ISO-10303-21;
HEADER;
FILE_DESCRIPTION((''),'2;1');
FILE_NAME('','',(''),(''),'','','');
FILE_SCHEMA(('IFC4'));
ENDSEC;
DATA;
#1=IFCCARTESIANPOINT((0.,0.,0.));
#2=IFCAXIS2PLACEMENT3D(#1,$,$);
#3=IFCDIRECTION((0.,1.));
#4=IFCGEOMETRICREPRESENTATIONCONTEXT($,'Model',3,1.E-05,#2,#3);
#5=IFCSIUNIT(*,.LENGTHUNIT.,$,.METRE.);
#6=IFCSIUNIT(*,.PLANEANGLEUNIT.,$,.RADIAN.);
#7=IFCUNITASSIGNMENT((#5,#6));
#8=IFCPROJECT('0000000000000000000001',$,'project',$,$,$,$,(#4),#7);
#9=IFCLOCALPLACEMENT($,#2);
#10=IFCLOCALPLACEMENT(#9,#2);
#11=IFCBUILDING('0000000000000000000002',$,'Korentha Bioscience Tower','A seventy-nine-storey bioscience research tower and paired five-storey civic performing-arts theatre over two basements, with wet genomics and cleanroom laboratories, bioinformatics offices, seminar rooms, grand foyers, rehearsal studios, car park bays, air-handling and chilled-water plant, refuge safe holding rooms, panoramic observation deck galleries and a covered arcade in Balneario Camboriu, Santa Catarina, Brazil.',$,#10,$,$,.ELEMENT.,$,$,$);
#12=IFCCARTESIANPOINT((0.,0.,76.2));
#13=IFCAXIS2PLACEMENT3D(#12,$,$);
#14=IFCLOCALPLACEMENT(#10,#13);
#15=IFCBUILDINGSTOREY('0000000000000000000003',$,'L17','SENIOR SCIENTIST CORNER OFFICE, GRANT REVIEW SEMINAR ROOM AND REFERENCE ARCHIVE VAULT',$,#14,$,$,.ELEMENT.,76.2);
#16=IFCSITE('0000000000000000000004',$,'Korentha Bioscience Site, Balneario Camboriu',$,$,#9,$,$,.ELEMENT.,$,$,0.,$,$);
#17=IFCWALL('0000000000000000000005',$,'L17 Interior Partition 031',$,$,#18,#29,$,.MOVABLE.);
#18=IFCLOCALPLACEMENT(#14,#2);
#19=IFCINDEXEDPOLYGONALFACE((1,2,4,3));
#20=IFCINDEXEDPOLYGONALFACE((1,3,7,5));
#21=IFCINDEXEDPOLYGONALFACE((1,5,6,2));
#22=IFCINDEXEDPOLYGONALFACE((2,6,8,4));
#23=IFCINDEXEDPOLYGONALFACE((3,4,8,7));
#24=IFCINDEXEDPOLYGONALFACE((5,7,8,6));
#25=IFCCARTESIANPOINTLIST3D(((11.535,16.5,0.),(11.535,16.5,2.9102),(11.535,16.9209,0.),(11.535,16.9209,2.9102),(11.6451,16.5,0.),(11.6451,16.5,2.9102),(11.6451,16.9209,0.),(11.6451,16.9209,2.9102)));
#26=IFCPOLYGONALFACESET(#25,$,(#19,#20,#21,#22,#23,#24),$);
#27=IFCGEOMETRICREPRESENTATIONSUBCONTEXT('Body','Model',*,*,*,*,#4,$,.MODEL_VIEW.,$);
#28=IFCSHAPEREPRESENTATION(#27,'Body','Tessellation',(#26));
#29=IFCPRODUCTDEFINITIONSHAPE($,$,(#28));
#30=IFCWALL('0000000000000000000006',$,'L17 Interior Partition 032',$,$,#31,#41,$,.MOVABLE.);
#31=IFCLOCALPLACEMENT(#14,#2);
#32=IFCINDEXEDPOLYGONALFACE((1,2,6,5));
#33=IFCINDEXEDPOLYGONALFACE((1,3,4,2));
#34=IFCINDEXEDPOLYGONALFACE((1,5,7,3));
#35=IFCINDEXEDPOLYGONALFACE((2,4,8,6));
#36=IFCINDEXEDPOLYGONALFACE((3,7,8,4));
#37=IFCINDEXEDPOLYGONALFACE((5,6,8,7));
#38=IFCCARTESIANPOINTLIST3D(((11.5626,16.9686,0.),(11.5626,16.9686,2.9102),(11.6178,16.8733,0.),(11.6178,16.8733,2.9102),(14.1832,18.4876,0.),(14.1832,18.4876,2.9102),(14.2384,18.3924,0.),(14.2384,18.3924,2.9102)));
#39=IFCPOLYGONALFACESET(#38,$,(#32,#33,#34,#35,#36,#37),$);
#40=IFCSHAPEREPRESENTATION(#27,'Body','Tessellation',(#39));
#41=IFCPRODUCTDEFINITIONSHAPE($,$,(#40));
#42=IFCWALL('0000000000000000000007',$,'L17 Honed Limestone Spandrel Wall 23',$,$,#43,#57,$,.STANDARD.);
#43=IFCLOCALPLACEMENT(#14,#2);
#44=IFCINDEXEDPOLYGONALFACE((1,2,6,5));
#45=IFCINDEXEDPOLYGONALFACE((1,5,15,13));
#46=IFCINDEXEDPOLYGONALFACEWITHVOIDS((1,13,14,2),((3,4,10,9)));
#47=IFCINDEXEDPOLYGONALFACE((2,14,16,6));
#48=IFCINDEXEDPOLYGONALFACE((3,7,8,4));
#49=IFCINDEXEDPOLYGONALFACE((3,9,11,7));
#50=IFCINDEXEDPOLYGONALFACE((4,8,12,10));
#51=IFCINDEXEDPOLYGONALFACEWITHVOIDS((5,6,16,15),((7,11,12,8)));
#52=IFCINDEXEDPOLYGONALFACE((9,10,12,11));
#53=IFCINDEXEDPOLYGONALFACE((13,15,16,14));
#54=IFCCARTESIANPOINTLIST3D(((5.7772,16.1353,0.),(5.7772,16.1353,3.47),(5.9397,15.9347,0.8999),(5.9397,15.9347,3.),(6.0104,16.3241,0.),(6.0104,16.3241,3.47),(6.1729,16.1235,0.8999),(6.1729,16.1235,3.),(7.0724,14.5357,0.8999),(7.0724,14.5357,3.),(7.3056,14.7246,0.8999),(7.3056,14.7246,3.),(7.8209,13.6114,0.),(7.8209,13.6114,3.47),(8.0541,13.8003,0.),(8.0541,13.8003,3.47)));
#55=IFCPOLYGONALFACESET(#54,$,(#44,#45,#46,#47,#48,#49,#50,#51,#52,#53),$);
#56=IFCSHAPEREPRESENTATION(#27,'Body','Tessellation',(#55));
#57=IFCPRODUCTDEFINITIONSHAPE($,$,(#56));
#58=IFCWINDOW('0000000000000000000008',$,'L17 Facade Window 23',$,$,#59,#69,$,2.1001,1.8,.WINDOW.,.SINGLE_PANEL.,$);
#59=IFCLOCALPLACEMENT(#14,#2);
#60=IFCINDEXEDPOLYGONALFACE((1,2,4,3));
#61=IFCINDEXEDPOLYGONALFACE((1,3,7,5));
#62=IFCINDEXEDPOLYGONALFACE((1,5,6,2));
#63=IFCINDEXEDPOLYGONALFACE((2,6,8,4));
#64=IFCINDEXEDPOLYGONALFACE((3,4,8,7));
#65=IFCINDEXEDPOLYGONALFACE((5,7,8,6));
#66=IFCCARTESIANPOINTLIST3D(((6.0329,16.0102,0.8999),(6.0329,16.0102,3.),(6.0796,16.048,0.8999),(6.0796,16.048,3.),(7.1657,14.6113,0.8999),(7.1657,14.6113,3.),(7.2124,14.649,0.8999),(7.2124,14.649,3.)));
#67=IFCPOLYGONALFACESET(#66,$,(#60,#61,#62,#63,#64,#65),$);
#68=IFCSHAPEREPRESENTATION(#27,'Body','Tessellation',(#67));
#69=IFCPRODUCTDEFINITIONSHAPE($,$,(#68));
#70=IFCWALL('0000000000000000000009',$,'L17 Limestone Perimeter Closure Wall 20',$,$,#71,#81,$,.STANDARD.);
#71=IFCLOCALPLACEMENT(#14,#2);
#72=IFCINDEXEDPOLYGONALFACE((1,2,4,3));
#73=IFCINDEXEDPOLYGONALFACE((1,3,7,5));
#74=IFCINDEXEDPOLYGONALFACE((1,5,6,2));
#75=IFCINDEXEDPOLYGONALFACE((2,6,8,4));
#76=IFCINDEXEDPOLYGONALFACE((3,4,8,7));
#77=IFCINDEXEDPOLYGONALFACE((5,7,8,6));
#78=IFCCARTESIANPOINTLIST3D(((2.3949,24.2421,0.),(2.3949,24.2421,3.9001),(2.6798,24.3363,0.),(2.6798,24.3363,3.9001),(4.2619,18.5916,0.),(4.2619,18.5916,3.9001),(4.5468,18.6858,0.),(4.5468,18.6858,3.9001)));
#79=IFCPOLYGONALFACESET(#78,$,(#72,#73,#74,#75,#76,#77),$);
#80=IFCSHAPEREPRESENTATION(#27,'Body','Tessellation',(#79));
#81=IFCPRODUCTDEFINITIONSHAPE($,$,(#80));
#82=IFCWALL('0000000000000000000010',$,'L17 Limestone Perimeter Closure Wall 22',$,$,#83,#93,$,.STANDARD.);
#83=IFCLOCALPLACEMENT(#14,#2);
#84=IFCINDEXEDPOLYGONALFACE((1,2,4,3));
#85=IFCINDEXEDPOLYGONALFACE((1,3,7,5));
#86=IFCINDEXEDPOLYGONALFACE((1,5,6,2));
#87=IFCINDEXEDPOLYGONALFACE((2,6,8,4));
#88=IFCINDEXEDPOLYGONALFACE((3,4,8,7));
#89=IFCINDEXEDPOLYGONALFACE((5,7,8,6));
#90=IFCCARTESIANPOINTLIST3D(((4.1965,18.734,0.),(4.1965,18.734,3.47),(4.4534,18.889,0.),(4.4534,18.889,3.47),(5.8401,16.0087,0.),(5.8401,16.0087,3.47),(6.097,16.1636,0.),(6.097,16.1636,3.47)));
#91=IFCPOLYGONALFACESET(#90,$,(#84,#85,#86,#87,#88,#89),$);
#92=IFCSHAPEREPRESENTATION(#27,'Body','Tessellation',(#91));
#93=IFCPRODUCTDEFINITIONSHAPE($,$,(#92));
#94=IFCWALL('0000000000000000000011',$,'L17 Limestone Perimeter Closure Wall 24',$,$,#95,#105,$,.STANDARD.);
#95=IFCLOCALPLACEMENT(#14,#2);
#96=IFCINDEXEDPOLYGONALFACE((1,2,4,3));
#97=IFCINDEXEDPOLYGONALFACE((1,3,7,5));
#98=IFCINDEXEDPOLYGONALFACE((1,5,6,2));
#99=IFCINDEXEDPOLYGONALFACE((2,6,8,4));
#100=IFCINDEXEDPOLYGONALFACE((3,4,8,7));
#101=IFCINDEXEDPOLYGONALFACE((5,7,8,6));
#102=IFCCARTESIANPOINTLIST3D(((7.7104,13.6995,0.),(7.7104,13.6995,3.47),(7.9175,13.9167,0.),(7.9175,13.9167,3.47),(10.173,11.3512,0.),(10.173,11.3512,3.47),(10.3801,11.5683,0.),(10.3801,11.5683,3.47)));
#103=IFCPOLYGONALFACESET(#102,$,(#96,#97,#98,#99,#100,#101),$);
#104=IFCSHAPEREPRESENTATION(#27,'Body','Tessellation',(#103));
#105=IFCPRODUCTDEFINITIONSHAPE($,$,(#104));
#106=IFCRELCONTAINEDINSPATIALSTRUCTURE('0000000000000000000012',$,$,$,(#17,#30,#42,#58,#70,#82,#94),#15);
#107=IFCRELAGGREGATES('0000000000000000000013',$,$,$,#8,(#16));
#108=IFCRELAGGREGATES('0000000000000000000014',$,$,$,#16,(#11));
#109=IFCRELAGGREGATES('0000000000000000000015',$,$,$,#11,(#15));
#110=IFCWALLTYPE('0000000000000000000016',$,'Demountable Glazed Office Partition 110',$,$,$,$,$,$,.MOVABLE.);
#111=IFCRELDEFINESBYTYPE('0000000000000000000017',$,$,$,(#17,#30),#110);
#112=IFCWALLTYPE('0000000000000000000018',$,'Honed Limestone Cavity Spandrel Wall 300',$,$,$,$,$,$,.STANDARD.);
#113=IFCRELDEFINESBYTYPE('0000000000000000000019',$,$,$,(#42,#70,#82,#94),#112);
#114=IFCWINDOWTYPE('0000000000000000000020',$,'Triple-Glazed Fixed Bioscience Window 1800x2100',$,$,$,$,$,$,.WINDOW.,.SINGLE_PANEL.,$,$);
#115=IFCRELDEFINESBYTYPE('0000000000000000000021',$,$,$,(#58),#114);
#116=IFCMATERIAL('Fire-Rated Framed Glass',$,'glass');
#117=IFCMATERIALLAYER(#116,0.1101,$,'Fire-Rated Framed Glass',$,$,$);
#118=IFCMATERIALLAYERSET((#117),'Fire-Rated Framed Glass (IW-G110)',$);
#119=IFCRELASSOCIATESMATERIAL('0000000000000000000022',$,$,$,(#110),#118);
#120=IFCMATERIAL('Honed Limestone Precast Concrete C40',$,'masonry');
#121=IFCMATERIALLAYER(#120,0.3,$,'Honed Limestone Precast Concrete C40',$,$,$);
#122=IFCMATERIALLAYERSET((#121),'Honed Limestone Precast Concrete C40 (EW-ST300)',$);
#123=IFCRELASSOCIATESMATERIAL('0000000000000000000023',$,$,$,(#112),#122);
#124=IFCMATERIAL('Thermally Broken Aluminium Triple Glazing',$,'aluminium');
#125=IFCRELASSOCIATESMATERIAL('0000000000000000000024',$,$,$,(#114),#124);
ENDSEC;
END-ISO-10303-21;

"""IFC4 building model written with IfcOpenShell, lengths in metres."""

from ifc_helpers import new_model, si_unit, direction, frame, frame_2d, origin, place, context, subcontext, project, spatial, rectangle, extrude, material, layer, layer_set, type_object, element, fill, save


model = new_model("IFC4")

# Units and contexts
model_context = context("Model", 3, precision=1e-05, world=origin(), true_north=direction((0.0, 1.0)))
body_context = subcontext(model_context, "Body", "Model", "MODEL_VIEW")
ifc_project = project(units=[si_unit("LENGTHUNIT", "METRE"), si_unit("PLANEANGLEUNIT", "RADIAN")], contexts=[model_context])

# Site, building, storey
site_placement = place(None, origin())
site = spatial("IfcSite", under=ifc_project, at=site_placement, Name="Korentha Bioscience Site, Balneario Camboriu", CompositionType="ELEMENT", RefElevation=0.0)
building_placement = place(site_placement, origin())
building = spatial("IfcBuilding", under=site, at=building_placement, Name="Korentha Bioscience Tower", Description="A seventy-nine-storey bioscience research tower and paired five-storey civic performing-arts theatre over two basements, with wet genomics and cleanroom laboratories, bioinformatics offices, seminar rooms, grand foyers, rehearsal studios, car park bays, air-handling and chilled-water plant, refuge safe holding rooms, panoramic observation deck galleries and a covered arcade in Balneario Camboriu, Santa Catarina, Brazil.", CompositionType="ELEMENT")
storey_placement = place(building_placement, frame((0.0, 0.0, 76.2)))
storey = spatial("IfcBuildingStorey", under=building, at=storey_placement, Name="L17", Description="SENIOR SCIENTIST CORNER OFFICE, GRANT REVIEW SEMINAR ROOM AND REFERENCE ARCHIVE VAULT", CompositionType="ELEMENT", Elevation=76.2)

# Walls
ifc_material_1 = material(Name="Fire-Rated Framed Glass", Category="glass")
ifc_layer_1 = layer(ifc_material_1, 0.1101, Name="Fire-Rated Framed Glass")
ifc_layer_set_1 = layer_set([ifc_layer_1], Name="Fire-Rated Framed Glass (IW-G110)")
wall_type_1 = type_object("IfcWallType", Name="Demountable Glazed Office Partition 110", PredefinedType="MOVABLE", material=ifc_layer_set_1)
wall_1_placement = place(storey_placement, frame((11.5901, 16.5, 0.0), z_axis=(0.0, 0.0, 1.0), x_axis=(0.0, 1.0, 0.0)))
element("IfcWall", 1, at=wall_1_placement, inside=storey, type_object=wall_type_1, Name="L17 Interior Partition 031", PredefinedType="MOVABLE", context=body_context, shape_type="SweptSolid", body=[
    extrude(rectangle(XDim=0.4209, YDim=0.1101, at=frame_2d((0.2104, 0.0))), origin(), (0.0, 0.0, 1.0), 2.9102),
])
wall_2_placement = place(storey_placement, frame((11.5901, 16.9209, 0.0), z_axis=(0.0, 0.0, 1.0), x_axis=(0.865161, 0.501494, 0.0)))
element("IfcWall", 2, at=wall_2_placement, inside=storey, type_object=wall_type_1, Name="L17 Interior Partition 032", PredefinedType="MOVABLE", context=body_context, shape_type="SweptSolid", body=[
    extrude(rectangle(XDim=3.0291, YDim=0.1101, at=frame_2d((1.5146, 0.0))), origin(), (0.0, 0.0, 1.0), 2.9102),
])

# Wall, opening, window
ifc_material_2 = material(Name="Honed Limestone Precast Concrete C40", Category="masonry")
ifc_layer_2 = layer(ifc_material_2, 0.3, Name="Honed Limestone Precast Concrete C40")
ifc_layer_set_2 = layer_set([ifc_layer_2], Name="Honed Limestone Precast Concrete C40 (EW-ST300)")
wall_type_2 = type_object("IfcWallType", Name="Honed Limestone Cavity Spandrel Wall 300", PredefinedType="STANDARD", material=ifc_layer_set_2)
wall_3_placement = place(storey_placement, frame((5.8938, 16.2297, 0.0), z_axis=(0.0, 0.0, 1.0), x_axis=(0.629296, -0.777166, 0.0)))
wall_3 = element("IfcWall", 3, at=wall_3_placement, inside=storey, type_object=wall_type_2, Name="L17 Honed Limestone Spandrel Wall 23", PredefinedType="STANDARD", context=body_context, shape_type="SweptSolid", body=[
    extrude(rectangle(XDim=3.2476, YDim=0.3, at=frame_2d((1.6238, 0.0))), origin(), (0.0, 0.0, 1.0), 3.47),
])
opening_1_placement = place(wall_3_placement, frame((0.2583, 0.0, 0.8999)))
opening_1 = element("IfcOpeningElement", 4, at=opening_1_placement, cuts=wall_3, PredefinedType="OPENING", context=body_context, shape_type="SweptSolid", body=[
    extrude(rectangle(XDim=1.8, YDim=2.1001, at=frame_2d((0.8999, 1.05))), frame((0.0, 0.165, 0.0), z_axis=(0.0, -1.0, 0.0), x_axis=(1.0, 0.0, 0.0)), (0.0, 0.0, 1.0), 0.3298),
])
ifc_material_3 = material(Name="Thermally Broken Aluminium Triple Glazing", Category="aluminium")
window_type = type_object("IfcWindowType", Name="Triple-Glazed Fixed Bioscience Window 1800x2100", PartitioningType="SINGLE_PANEL", PredefinedType="WINDOW", material=ifc_material_3)
window_placement = place(opening_1_placement, origin())
window = element("IfcWindow", 5, at=window_placement, inside=storey, type_object=window_type, Name="L17 Facade Window 23", OverallHeight=2.1001, OverallWidth=1.8, PartitioningType="SINGLE_PANEL", PredefinedType="WINDOW", context=body_context, shape_type="SweptSolid", body=[
    extrude(rectangle(XDim=1.8, YDim=2.1001, at=frame_2d((0.8999, 1.05))), frame((0.0, 0.03, 0.0), z_axis=(0.0, -1.0, 0.0), x_axis=(1.0, 0.0, 0.0)), (0.0, 0.0, 1.0), 0.0601),
])
fill(opening_1, window)

# Walls
wall_4_placement = place(storey_placement, frame((2.5374, 24.2893, 0.0), z_axis=(0.0, 0.0, 1.0), x_axis=(0.313728, -0.949513, 0.0)))
element("IfcWall", 6, at=wall_4_placement, inside=storey, type_object=wall_type_2, Name="L17 Limestone Perimeter Closure Wall 20", PredefinedType="STANDARD", context=body_context, shape_type="SweptSolid", body=[
    extrude(rectangle(XDim=5.9509, YDim=0.3, at=frame_2d((2.9756, 0.0))), origin(), (0.0, 0.0, 1.0), 3.9001),
])
wall_5_placement = place(storey_placement, frame((4.325, 18.8115, 0.0), z_axis=(0.0, 0.0, 1.0), x_axis=(0.516424, -0.856333, 0.0)))
element("IfcWall", 7, at=wall_5_placement, inside=storey, type_object=wall_type_2, Name="L17 Limestone Perimeter Closure Wall 22", PredefinedType="STANDARD", context=body_context, shape_type="SweptSolid", body=[
    extrude(rectangle(XDim=3.1826, YDim=0.3, at=frame_2d((1.5913, 0.0))), origin(), (0.0, 0.0, 1.0), 3.47),
])
wall_6_placement = place(storey_placement, frame((7.814, 13.8081, 0.0), z_axis=(0.0, 0.0, 1.0), x_axis=(0.723696, -0.690119, 0.0)))
element("IfcWall", 8, at=wall_6_placement, inside=storey, type_object=wall_type_2, Name="L17 Limestone Perimeter Closure Wall 24", PredefinedType="STANDARD", context=body_context, shape_type="SweptSolid", body=[
    extrude(rectangle(XDim=3.4028, YDim=0.3, at=frame_2d((1.7014, 0.0))), origin(), (0.0, 0.0, 1.0), 3.47),
])

save(model, "model.ifc")
